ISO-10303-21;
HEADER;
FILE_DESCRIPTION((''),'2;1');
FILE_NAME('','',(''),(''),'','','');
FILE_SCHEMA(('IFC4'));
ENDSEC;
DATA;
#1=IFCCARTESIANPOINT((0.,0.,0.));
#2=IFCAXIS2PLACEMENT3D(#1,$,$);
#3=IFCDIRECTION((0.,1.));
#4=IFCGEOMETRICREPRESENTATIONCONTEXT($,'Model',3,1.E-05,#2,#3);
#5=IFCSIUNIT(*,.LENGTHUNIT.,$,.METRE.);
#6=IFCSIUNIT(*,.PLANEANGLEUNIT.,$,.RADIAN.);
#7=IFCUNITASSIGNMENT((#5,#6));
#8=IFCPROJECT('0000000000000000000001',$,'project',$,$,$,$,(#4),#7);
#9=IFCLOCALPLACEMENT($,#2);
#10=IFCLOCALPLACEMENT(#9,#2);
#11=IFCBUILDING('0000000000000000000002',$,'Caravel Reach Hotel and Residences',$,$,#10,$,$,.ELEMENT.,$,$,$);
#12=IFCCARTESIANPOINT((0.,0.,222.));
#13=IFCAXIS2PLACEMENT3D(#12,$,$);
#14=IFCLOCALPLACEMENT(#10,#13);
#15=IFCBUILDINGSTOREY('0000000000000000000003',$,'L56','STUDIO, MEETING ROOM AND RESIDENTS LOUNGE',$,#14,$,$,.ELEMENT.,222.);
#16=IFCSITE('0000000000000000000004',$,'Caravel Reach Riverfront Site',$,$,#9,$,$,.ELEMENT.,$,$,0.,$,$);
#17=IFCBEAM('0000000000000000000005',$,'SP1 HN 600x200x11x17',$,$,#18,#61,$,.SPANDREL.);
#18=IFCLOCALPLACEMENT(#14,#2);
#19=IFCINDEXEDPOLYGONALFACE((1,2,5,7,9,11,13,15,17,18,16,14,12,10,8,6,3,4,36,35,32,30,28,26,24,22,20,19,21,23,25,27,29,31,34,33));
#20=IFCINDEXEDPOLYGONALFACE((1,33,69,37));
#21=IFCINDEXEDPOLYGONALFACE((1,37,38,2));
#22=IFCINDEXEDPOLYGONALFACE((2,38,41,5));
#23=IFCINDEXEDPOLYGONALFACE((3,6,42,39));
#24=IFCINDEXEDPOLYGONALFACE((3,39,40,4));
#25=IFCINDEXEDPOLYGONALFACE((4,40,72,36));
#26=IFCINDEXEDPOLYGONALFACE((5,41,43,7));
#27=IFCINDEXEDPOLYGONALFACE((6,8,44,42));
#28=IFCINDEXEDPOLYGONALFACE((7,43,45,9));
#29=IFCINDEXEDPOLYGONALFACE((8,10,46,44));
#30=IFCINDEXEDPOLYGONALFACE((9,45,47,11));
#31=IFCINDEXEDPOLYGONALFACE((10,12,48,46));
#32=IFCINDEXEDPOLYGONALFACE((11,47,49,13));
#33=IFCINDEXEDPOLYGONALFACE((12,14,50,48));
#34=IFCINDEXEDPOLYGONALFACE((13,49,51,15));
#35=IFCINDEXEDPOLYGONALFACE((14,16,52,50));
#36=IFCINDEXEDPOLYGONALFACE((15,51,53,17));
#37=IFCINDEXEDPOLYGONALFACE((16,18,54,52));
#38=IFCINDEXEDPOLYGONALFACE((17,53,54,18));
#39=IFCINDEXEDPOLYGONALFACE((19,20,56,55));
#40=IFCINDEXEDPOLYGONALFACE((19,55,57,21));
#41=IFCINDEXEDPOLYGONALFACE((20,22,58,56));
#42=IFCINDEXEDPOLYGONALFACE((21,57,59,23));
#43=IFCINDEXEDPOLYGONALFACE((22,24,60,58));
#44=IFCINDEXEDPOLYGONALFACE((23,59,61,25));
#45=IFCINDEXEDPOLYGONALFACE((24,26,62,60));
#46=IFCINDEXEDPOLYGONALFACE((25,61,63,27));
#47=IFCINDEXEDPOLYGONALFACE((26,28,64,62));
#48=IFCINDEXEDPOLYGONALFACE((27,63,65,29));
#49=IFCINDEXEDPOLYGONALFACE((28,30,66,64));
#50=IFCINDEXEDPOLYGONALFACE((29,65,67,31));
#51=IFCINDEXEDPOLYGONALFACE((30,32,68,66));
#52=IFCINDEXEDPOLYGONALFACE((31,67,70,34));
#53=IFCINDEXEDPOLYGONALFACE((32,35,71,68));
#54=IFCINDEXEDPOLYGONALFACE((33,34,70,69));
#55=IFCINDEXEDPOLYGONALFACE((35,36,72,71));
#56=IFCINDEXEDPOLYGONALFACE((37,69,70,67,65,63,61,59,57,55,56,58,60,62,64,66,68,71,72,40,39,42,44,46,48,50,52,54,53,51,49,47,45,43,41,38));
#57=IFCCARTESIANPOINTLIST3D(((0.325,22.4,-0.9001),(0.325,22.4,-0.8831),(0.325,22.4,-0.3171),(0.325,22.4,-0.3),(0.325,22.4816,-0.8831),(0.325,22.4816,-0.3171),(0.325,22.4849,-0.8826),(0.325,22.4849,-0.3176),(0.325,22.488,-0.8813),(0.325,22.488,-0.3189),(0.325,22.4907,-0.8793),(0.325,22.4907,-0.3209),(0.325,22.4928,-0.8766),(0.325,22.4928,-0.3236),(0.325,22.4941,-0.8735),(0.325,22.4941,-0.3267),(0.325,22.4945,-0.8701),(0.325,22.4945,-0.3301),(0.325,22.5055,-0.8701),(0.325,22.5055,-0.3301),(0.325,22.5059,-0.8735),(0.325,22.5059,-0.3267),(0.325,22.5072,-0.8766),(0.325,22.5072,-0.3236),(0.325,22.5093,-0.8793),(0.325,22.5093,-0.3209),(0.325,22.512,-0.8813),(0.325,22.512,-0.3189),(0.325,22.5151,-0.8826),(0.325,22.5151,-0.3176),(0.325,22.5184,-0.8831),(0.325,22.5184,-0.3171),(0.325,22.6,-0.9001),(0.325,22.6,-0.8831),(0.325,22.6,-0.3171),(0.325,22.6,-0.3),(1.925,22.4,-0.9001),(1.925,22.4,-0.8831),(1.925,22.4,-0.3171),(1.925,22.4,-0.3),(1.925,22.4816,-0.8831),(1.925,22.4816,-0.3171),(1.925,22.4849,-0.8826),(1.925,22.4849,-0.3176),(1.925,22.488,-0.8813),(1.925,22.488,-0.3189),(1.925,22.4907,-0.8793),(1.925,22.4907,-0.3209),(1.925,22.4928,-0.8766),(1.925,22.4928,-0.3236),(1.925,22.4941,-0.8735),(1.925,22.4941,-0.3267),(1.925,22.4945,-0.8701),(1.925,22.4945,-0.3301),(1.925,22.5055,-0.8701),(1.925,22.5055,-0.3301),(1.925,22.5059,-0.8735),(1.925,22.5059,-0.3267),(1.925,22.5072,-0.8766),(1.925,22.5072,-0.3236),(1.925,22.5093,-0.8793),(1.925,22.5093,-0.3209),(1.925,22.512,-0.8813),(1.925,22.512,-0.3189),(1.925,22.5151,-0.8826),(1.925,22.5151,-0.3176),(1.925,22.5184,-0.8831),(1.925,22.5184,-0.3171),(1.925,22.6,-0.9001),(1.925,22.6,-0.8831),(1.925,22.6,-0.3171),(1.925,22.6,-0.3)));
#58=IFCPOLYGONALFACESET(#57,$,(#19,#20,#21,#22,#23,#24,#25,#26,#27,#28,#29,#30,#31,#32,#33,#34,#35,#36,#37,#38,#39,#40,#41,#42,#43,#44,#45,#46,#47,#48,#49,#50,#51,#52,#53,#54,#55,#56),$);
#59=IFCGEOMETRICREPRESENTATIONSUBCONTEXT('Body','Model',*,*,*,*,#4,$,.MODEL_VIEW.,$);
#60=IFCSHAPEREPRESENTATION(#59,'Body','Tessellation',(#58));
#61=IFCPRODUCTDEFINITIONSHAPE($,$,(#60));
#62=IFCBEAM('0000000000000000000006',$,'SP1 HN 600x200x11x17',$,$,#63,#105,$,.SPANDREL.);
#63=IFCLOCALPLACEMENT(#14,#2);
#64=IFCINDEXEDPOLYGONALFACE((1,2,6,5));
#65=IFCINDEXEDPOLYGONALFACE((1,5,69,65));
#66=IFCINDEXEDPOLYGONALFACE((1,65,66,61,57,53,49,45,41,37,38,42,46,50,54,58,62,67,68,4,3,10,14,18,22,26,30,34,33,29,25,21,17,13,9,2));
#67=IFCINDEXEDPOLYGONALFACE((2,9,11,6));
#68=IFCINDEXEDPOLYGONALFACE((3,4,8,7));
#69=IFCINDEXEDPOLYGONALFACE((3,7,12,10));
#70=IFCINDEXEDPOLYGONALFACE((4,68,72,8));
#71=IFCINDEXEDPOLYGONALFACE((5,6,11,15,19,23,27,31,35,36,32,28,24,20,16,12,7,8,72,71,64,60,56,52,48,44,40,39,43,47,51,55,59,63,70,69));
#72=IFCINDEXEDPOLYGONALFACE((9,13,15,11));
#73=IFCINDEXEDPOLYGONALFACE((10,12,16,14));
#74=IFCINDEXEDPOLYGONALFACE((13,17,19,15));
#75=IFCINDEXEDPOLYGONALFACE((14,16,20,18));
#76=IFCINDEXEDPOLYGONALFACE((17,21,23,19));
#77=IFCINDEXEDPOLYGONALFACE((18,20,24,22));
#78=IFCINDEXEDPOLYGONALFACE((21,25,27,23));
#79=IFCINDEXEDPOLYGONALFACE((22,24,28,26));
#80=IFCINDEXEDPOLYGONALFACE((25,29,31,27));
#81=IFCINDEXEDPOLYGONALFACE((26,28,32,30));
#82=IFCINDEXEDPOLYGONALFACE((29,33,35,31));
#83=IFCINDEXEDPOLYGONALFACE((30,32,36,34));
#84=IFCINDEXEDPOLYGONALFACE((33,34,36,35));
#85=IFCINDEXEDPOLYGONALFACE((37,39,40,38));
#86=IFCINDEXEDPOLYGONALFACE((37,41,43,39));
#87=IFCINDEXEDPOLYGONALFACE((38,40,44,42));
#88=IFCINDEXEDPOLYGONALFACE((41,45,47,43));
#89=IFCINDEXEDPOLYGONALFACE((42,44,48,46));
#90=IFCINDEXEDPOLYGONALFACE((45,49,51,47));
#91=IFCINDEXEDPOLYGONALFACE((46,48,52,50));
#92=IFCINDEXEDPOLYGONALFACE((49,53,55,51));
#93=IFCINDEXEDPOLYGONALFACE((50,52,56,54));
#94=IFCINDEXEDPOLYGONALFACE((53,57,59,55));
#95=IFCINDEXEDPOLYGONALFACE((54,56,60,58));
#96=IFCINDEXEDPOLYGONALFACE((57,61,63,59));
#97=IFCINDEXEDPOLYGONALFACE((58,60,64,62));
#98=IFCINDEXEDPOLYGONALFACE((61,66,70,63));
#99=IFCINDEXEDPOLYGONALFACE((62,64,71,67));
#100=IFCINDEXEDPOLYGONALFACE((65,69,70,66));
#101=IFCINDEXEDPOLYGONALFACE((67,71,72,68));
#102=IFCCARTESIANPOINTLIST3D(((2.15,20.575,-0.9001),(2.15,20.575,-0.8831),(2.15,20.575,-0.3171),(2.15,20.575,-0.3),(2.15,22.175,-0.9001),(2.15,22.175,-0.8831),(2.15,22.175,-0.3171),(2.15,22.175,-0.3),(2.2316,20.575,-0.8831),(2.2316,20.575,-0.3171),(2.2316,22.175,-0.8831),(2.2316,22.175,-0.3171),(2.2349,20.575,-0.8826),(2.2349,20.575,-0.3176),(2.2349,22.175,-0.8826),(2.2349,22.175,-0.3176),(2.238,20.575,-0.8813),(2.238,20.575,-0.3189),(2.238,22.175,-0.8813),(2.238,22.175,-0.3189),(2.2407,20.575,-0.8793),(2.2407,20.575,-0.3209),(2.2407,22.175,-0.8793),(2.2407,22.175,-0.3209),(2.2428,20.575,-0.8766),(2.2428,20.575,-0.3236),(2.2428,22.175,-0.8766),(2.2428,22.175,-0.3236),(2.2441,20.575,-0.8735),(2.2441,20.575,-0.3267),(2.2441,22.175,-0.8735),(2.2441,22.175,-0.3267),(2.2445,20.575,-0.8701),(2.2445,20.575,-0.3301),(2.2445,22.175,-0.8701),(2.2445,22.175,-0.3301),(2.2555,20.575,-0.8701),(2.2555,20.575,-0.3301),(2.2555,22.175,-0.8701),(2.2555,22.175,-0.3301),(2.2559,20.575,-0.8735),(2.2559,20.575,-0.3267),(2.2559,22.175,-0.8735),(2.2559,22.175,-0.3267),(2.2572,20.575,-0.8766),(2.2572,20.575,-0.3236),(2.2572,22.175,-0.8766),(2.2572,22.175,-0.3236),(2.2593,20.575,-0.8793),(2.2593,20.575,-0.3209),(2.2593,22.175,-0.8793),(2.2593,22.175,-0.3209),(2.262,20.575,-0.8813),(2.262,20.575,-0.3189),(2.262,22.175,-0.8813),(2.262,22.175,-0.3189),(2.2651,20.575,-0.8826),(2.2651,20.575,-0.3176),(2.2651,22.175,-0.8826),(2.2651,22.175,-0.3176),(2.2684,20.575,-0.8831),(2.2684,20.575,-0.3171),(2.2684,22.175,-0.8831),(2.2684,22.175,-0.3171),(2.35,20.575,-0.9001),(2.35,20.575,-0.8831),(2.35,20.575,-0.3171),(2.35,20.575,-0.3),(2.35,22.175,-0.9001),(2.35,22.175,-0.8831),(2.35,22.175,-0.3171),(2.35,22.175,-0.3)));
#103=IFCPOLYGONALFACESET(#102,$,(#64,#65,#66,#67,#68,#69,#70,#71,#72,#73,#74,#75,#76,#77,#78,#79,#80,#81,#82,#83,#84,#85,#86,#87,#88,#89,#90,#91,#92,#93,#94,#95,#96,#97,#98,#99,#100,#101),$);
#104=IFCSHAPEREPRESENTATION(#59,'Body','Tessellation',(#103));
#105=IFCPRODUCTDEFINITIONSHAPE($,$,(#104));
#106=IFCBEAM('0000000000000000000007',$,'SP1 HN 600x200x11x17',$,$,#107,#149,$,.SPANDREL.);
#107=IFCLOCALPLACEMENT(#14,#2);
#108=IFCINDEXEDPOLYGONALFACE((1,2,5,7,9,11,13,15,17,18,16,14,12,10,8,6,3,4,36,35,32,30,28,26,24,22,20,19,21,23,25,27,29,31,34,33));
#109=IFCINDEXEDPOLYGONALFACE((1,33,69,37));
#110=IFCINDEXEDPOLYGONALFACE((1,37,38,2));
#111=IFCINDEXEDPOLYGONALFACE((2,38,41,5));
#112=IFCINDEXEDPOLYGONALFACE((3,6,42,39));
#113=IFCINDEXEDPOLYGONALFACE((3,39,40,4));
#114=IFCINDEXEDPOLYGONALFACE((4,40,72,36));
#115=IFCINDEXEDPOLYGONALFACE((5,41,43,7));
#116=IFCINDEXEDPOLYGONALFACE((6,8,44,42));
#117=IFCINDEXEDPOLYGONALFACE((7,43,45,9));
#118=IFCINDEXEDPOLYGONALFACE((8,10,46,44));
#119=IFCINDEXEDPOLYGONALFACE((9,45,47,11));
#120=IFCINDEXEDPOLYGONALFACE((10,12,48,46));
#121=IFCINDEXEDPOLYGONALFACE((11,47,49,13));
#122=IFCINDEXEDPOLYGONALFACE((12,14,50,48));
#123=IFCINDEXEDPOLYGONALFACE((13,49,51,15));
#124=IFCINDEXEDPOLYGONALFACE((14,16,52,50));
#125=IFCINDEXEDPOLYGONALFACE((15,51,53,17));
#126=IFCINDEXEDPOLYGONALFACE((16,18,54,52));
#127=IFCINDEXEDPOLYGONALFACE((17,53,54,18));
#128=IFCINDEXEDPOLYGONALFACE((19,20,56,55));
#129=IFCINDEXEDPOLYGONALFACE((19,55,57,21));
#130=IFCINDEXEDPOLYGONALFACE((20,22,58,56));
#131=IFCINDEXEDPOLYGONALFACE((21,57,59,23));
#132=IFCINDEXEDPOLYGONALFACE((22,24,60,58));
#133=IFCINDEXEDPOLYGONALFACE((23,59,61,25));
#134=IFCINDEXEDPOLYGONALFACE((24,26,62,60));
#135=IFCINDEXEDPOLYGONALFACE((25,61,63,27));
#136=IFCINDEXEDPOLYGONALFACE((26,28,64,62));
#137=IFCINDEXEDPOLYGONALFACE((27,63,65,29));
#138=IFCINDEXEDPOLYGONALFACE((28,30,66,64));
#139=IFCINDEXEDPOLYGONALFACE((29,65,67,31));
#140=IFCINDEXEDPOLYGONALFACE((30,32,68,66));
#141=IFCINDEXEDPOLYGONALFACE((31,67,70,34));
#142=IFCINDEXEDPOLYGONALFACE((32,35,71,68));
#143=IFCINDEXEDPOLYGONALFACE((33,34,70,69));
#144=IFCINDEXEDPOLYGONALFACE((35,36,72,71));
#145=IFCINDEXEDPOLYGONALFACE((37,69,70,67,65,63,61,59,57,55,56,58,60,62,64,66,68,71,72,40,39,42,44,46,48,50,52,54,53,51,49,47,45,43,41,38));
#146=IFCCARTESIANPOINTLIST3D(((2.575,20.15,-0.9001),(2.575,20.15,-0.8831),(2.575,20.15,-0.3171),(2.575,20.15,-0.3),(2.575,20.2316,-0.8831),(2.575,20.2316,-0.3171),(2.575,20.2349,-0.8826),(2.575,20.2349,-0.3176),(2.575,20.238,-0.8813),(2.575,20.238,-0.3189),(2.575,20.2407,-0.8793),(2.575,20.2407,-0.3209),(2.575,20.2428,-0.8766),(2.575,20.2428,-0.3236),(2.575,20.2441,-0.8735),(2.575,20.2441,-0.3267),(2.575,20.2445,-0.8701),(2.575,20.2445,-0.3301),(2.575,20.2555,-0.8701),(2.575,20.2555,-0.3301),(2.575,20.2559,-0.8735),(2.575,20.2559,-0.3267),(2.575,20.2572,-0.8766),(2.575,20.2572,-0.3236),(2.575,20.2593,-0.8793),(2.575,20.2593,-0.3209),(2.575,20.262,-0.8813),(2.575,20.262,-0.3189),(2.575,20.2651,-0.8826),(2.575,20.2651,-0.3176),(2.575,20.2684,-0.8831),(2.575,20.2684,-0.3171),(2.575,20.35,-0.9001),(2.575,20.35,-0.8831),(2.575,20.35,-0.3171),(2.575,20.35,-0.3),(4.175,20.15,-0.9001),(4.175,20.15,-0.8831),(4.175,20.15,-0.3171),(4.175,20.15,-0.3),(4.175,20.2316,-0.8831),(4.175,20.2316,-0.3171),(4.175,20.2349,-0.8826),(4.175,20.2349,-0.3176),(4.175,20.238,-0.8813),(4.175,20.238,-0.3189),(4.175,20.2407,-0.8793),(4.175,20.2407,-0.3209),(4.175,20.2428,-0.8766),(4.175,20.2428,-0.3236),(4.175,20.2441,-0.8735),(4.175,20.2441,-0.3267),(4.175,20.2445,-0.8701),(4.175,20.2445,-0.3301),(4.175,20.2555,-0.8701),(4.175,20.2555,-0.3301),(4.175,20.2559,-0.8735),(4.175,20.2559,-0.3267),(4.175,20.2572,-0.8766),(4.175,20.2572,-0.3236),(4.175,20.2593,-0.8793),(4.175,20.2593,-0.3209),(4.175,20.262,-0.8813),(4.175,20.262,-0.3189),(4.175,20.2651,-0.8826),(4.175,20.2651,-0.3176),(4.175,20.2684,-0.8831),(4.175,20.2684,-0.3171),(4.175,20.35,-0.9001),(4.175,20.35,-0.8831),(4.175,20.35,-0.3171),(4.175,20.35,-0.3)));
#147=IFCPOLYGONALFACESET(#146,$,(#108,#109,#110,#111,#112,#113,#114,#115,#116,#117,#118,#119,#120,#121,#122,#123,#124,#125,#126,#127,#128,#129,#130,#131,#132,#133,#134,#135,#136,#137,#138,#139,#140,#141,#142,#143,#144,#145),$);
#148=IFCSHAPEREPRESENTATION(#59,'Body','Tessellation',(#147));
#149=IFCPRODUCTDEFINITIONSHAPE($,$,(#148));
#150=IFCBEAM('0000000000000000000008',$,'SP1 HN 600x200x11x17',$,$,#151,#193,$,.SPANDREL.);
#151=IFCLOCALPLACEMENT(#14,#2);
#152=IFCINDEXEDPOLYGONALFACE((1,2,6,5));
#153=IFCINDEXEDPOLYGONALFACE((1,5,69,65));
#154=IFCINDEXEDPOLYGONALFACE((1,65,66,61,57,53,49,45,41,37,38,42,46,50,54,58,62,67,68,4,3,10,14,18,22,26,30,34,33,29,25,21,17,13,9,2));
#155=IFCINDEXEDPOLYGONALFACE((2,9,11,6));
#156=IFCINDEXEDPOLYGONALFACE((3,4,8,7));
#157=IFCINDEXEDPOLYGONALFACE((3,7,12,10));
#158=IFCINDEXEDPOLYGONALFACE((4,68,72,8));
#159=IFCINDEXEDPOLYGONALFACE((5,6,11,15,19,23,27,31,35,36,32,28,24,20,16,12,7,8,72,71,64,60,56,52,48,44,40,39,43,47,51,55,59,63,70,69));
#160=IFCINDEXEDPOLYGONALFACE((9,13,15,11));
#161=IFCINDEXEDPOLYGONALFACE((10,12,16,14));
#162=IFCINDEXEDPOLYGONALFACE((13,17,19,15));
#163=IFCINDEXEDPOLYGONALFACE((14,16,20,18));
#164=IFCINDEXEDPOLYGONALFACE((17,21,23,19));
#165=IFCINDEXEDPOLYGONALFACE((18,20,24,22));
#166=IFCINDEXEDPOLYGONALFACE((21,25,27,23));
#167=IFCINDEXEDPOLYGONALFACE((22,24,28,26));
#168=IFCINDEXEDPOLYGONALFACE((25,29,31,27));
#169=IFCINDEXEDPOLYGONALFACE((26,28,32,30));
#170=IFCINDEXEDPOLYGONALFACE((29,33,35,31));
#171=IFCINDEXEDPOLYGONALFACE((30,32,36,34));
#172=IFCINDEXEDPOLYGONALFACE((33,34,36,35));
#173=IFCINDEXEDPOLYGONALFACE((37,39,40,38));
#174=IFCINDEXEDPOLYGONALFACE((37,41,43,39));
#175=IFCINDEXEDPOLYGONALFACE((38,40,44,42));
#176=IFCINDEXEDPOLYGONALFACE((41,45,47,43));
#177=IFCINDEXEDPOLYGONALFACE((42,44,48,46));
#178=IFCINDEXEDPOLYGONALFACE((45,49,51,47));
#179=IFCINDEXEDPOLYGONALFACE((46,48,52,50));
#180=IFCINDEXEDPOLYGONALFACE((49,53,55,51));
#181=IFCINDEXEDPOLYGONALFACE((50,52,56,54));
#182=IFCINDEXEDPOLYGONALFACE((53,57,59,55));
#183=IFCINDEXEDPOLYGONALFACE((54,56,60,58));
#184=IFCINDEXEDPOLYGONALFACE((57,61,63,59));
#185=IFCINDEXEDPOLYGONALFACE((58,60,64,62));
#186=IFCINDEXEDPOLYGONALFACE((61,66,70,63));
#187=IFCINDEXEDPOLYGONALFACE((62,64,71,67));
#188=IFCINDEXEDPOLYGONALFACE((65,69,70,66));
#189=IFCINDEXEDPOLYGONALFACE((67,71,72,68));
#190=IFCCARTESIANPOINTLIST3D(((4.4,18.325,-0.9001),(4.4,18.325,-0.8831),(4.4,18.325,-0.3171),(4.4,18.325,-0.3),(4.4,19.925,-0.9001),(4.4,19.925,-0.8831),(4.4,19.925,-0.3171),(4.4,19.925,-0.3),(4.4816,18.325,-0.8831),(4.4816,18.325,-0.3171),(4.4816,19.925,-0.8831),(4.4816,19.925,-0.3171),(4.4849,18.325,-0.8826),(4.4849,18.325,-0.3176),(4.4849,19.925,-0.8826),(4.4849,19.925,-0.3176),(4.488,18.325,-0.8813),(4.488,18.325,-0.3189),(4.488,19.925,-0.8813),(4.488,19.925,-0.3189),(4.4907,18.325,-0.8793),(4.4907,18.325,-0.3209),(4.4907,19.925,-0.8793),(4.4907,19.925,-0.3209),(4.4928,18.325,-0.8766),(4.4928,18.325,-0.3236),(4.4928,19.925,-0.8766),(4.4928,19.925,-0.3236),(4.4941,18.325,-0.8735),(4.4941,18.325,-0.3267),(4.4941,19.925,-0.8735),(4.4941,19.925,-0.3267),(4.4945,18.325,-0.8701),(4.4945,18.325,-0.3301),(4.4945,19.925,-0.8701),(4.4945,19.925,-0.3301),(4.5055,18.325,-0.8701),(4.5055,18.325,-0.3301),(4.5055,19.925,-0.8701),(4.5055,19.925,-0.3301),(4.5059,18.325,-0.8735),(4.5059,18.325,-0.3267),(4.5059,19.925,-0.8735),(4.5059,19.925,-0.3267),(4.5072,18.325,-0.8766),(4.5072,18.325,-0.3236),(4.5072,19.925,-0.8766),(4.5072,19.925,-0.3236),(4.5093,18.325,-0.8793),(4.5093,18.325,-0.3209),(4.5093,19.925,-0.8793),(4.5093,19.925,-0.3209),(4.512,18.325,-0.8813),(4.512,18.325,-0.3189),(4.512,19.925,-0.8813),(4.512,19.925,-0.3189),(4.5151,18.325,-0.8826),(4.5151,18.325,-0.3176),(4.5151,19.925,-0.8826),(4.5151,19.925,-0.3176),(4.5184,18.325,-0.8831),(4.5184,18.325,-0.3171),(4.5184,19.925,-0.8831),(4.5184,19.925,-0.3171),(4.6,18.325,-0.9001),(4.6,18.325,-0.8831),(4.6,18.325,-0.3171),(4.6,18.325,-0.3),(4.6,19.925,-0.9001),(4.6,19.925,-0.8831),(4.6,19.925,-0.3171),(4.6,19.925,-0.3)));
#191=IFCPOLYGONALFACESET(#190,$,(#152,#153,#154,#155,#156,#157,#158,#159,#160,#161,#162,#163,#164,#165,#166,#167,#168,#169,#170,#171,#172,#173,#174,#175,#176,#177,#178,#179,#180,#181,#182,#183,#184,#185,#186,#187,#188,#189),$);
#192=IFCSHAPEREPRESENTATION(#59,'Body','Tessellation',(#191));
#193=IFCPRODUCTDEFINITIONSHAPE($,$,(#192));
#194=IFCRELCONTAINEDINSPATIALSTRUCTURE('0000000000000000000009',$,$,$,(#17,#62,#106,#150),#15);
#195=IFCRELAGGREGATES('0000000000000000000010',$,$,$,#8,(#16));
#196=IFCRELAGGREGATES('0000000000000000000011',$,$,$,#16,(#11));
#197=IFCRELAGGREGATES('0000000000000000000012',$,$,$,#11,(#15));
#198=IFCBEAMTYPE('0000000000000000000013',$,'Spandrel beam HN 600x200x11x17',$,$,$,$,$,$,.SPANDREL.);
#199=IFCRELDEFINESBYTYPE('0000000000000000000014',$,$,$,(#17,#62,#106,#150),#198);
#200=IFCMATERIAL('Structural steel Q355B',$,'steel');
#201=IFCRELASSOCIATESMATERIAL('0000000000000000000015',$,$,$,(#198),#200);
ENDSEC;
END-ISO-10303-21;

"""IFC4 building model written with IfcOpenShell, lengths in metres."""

from ifc_helpers import new_model, si_unit, direction, frame, origin, origin_2d, place, context, subcontext, project, spatial, i_section, extrude, material, material_profile, profile_set, type_object, element, save


model = new_model("IFC4")

# Units and contexts
model_context = context("Model", 3, precision=1e-05, world=origin(), true_north=direction((0.0, 1.0)))
body_context = subcontext(model_context, "Body", "Model", "MODEL_VIEW")
ifc_project = project(units=[si_unit("LENGTHUNIT", "METRE"), si_unit("PLANEANGLEUNIT", "RADIAN")], contexts=[model_context])

# Site, building, storey
site_placement = place(None, origin())
site = spatial("IfcSite", under=ifc_project, at=site_placement, Name="Caravel Reach Riverfront Site", CompositionType="ELEMENT", RefElevation=0.0)
building_placement = place(site_placement, origin())
building = spatial("IfcBuilding", under=site, at=building_placement, Name="Caravel Reach Hotel and Residences", CompositionType="ELEMENT")
storey_placement = place(building_placement, frame((0.0, 0.0, 222.0)))
storey = spatial("IfcBuildingStorey", under=building, at=storey_placement, Name="L56", Description="STUDIO, MEETING ROOM AND RESIDENTS LOUNGE", CompositionType="ELEMENT", Elevation=222.0)

# Beams
ifc_material_1 = material(Name="Structural steel Q355B", Category="steel")
ifc_material_profile_1 = material_profile(ifc_material_1, i_section(OverallWidth=0.2, OverallDepth=0.6001, WebThickness=0.011, FlangeThickness=0.0171, FilletRadius=0.0129, at=origin_2d()), Name="HN 600x200x11x17")
ifc_profile_set_1 = profile_set([ifc_material_profile_1], Name="Structural steel Q355B")
beam_type_1 = type_object("IfcBeamType", Name="Spandrel beam HN 600x200x11x17", PredefinedType="SPANDREL", material=ifc_profile_set_1)
for number, where, z_axis, x_axis, name in (
    (1, (0.325, 22.5, -0.6001), (1.0, 0.0, 0.0), (0.0, 1.0, 0.0), "SP1 HN 600x200x11x17"),
    (2, (2.25, 22.175, -0.6001), (0.0, -1.0, 0.0), (1.0, 0.0, 0.0), "SP1 HN 600x200x11x17"),
    (3, (2.575, 20.25, -0.6001), (1.0, 0.0, 0.0), (0.0, 1.0, 0.0), "SP1 HN 600x200x11x17"),
    (4, (4.5, 19.925, -0.6001), (0.0, -1.0, 0.0), (1.0, 0.0, 0.0), "SP1 HN 600x200x11x17"),
):
    element("IfcBeam", number, at=place(storey_placement, frame(where, z_axis=z_axis, x_axis=x_axis)), inside=storey, type_object=beam_type_1, Name=name, PredefinedType="SPANDREL", context=body_context, shape_type="SweptSolid", body=[
        extrude(i_section(OverallWidth=0.2, OverallDepth=0.6001, WebThickness=0.011, FlangeThickness=0.0171, FilletRadius=0.0129, at=origin_2d()), origin(), (0.0, 0.0, 1.0), 1.6001),
    ])

save(model, "model.ifc")
